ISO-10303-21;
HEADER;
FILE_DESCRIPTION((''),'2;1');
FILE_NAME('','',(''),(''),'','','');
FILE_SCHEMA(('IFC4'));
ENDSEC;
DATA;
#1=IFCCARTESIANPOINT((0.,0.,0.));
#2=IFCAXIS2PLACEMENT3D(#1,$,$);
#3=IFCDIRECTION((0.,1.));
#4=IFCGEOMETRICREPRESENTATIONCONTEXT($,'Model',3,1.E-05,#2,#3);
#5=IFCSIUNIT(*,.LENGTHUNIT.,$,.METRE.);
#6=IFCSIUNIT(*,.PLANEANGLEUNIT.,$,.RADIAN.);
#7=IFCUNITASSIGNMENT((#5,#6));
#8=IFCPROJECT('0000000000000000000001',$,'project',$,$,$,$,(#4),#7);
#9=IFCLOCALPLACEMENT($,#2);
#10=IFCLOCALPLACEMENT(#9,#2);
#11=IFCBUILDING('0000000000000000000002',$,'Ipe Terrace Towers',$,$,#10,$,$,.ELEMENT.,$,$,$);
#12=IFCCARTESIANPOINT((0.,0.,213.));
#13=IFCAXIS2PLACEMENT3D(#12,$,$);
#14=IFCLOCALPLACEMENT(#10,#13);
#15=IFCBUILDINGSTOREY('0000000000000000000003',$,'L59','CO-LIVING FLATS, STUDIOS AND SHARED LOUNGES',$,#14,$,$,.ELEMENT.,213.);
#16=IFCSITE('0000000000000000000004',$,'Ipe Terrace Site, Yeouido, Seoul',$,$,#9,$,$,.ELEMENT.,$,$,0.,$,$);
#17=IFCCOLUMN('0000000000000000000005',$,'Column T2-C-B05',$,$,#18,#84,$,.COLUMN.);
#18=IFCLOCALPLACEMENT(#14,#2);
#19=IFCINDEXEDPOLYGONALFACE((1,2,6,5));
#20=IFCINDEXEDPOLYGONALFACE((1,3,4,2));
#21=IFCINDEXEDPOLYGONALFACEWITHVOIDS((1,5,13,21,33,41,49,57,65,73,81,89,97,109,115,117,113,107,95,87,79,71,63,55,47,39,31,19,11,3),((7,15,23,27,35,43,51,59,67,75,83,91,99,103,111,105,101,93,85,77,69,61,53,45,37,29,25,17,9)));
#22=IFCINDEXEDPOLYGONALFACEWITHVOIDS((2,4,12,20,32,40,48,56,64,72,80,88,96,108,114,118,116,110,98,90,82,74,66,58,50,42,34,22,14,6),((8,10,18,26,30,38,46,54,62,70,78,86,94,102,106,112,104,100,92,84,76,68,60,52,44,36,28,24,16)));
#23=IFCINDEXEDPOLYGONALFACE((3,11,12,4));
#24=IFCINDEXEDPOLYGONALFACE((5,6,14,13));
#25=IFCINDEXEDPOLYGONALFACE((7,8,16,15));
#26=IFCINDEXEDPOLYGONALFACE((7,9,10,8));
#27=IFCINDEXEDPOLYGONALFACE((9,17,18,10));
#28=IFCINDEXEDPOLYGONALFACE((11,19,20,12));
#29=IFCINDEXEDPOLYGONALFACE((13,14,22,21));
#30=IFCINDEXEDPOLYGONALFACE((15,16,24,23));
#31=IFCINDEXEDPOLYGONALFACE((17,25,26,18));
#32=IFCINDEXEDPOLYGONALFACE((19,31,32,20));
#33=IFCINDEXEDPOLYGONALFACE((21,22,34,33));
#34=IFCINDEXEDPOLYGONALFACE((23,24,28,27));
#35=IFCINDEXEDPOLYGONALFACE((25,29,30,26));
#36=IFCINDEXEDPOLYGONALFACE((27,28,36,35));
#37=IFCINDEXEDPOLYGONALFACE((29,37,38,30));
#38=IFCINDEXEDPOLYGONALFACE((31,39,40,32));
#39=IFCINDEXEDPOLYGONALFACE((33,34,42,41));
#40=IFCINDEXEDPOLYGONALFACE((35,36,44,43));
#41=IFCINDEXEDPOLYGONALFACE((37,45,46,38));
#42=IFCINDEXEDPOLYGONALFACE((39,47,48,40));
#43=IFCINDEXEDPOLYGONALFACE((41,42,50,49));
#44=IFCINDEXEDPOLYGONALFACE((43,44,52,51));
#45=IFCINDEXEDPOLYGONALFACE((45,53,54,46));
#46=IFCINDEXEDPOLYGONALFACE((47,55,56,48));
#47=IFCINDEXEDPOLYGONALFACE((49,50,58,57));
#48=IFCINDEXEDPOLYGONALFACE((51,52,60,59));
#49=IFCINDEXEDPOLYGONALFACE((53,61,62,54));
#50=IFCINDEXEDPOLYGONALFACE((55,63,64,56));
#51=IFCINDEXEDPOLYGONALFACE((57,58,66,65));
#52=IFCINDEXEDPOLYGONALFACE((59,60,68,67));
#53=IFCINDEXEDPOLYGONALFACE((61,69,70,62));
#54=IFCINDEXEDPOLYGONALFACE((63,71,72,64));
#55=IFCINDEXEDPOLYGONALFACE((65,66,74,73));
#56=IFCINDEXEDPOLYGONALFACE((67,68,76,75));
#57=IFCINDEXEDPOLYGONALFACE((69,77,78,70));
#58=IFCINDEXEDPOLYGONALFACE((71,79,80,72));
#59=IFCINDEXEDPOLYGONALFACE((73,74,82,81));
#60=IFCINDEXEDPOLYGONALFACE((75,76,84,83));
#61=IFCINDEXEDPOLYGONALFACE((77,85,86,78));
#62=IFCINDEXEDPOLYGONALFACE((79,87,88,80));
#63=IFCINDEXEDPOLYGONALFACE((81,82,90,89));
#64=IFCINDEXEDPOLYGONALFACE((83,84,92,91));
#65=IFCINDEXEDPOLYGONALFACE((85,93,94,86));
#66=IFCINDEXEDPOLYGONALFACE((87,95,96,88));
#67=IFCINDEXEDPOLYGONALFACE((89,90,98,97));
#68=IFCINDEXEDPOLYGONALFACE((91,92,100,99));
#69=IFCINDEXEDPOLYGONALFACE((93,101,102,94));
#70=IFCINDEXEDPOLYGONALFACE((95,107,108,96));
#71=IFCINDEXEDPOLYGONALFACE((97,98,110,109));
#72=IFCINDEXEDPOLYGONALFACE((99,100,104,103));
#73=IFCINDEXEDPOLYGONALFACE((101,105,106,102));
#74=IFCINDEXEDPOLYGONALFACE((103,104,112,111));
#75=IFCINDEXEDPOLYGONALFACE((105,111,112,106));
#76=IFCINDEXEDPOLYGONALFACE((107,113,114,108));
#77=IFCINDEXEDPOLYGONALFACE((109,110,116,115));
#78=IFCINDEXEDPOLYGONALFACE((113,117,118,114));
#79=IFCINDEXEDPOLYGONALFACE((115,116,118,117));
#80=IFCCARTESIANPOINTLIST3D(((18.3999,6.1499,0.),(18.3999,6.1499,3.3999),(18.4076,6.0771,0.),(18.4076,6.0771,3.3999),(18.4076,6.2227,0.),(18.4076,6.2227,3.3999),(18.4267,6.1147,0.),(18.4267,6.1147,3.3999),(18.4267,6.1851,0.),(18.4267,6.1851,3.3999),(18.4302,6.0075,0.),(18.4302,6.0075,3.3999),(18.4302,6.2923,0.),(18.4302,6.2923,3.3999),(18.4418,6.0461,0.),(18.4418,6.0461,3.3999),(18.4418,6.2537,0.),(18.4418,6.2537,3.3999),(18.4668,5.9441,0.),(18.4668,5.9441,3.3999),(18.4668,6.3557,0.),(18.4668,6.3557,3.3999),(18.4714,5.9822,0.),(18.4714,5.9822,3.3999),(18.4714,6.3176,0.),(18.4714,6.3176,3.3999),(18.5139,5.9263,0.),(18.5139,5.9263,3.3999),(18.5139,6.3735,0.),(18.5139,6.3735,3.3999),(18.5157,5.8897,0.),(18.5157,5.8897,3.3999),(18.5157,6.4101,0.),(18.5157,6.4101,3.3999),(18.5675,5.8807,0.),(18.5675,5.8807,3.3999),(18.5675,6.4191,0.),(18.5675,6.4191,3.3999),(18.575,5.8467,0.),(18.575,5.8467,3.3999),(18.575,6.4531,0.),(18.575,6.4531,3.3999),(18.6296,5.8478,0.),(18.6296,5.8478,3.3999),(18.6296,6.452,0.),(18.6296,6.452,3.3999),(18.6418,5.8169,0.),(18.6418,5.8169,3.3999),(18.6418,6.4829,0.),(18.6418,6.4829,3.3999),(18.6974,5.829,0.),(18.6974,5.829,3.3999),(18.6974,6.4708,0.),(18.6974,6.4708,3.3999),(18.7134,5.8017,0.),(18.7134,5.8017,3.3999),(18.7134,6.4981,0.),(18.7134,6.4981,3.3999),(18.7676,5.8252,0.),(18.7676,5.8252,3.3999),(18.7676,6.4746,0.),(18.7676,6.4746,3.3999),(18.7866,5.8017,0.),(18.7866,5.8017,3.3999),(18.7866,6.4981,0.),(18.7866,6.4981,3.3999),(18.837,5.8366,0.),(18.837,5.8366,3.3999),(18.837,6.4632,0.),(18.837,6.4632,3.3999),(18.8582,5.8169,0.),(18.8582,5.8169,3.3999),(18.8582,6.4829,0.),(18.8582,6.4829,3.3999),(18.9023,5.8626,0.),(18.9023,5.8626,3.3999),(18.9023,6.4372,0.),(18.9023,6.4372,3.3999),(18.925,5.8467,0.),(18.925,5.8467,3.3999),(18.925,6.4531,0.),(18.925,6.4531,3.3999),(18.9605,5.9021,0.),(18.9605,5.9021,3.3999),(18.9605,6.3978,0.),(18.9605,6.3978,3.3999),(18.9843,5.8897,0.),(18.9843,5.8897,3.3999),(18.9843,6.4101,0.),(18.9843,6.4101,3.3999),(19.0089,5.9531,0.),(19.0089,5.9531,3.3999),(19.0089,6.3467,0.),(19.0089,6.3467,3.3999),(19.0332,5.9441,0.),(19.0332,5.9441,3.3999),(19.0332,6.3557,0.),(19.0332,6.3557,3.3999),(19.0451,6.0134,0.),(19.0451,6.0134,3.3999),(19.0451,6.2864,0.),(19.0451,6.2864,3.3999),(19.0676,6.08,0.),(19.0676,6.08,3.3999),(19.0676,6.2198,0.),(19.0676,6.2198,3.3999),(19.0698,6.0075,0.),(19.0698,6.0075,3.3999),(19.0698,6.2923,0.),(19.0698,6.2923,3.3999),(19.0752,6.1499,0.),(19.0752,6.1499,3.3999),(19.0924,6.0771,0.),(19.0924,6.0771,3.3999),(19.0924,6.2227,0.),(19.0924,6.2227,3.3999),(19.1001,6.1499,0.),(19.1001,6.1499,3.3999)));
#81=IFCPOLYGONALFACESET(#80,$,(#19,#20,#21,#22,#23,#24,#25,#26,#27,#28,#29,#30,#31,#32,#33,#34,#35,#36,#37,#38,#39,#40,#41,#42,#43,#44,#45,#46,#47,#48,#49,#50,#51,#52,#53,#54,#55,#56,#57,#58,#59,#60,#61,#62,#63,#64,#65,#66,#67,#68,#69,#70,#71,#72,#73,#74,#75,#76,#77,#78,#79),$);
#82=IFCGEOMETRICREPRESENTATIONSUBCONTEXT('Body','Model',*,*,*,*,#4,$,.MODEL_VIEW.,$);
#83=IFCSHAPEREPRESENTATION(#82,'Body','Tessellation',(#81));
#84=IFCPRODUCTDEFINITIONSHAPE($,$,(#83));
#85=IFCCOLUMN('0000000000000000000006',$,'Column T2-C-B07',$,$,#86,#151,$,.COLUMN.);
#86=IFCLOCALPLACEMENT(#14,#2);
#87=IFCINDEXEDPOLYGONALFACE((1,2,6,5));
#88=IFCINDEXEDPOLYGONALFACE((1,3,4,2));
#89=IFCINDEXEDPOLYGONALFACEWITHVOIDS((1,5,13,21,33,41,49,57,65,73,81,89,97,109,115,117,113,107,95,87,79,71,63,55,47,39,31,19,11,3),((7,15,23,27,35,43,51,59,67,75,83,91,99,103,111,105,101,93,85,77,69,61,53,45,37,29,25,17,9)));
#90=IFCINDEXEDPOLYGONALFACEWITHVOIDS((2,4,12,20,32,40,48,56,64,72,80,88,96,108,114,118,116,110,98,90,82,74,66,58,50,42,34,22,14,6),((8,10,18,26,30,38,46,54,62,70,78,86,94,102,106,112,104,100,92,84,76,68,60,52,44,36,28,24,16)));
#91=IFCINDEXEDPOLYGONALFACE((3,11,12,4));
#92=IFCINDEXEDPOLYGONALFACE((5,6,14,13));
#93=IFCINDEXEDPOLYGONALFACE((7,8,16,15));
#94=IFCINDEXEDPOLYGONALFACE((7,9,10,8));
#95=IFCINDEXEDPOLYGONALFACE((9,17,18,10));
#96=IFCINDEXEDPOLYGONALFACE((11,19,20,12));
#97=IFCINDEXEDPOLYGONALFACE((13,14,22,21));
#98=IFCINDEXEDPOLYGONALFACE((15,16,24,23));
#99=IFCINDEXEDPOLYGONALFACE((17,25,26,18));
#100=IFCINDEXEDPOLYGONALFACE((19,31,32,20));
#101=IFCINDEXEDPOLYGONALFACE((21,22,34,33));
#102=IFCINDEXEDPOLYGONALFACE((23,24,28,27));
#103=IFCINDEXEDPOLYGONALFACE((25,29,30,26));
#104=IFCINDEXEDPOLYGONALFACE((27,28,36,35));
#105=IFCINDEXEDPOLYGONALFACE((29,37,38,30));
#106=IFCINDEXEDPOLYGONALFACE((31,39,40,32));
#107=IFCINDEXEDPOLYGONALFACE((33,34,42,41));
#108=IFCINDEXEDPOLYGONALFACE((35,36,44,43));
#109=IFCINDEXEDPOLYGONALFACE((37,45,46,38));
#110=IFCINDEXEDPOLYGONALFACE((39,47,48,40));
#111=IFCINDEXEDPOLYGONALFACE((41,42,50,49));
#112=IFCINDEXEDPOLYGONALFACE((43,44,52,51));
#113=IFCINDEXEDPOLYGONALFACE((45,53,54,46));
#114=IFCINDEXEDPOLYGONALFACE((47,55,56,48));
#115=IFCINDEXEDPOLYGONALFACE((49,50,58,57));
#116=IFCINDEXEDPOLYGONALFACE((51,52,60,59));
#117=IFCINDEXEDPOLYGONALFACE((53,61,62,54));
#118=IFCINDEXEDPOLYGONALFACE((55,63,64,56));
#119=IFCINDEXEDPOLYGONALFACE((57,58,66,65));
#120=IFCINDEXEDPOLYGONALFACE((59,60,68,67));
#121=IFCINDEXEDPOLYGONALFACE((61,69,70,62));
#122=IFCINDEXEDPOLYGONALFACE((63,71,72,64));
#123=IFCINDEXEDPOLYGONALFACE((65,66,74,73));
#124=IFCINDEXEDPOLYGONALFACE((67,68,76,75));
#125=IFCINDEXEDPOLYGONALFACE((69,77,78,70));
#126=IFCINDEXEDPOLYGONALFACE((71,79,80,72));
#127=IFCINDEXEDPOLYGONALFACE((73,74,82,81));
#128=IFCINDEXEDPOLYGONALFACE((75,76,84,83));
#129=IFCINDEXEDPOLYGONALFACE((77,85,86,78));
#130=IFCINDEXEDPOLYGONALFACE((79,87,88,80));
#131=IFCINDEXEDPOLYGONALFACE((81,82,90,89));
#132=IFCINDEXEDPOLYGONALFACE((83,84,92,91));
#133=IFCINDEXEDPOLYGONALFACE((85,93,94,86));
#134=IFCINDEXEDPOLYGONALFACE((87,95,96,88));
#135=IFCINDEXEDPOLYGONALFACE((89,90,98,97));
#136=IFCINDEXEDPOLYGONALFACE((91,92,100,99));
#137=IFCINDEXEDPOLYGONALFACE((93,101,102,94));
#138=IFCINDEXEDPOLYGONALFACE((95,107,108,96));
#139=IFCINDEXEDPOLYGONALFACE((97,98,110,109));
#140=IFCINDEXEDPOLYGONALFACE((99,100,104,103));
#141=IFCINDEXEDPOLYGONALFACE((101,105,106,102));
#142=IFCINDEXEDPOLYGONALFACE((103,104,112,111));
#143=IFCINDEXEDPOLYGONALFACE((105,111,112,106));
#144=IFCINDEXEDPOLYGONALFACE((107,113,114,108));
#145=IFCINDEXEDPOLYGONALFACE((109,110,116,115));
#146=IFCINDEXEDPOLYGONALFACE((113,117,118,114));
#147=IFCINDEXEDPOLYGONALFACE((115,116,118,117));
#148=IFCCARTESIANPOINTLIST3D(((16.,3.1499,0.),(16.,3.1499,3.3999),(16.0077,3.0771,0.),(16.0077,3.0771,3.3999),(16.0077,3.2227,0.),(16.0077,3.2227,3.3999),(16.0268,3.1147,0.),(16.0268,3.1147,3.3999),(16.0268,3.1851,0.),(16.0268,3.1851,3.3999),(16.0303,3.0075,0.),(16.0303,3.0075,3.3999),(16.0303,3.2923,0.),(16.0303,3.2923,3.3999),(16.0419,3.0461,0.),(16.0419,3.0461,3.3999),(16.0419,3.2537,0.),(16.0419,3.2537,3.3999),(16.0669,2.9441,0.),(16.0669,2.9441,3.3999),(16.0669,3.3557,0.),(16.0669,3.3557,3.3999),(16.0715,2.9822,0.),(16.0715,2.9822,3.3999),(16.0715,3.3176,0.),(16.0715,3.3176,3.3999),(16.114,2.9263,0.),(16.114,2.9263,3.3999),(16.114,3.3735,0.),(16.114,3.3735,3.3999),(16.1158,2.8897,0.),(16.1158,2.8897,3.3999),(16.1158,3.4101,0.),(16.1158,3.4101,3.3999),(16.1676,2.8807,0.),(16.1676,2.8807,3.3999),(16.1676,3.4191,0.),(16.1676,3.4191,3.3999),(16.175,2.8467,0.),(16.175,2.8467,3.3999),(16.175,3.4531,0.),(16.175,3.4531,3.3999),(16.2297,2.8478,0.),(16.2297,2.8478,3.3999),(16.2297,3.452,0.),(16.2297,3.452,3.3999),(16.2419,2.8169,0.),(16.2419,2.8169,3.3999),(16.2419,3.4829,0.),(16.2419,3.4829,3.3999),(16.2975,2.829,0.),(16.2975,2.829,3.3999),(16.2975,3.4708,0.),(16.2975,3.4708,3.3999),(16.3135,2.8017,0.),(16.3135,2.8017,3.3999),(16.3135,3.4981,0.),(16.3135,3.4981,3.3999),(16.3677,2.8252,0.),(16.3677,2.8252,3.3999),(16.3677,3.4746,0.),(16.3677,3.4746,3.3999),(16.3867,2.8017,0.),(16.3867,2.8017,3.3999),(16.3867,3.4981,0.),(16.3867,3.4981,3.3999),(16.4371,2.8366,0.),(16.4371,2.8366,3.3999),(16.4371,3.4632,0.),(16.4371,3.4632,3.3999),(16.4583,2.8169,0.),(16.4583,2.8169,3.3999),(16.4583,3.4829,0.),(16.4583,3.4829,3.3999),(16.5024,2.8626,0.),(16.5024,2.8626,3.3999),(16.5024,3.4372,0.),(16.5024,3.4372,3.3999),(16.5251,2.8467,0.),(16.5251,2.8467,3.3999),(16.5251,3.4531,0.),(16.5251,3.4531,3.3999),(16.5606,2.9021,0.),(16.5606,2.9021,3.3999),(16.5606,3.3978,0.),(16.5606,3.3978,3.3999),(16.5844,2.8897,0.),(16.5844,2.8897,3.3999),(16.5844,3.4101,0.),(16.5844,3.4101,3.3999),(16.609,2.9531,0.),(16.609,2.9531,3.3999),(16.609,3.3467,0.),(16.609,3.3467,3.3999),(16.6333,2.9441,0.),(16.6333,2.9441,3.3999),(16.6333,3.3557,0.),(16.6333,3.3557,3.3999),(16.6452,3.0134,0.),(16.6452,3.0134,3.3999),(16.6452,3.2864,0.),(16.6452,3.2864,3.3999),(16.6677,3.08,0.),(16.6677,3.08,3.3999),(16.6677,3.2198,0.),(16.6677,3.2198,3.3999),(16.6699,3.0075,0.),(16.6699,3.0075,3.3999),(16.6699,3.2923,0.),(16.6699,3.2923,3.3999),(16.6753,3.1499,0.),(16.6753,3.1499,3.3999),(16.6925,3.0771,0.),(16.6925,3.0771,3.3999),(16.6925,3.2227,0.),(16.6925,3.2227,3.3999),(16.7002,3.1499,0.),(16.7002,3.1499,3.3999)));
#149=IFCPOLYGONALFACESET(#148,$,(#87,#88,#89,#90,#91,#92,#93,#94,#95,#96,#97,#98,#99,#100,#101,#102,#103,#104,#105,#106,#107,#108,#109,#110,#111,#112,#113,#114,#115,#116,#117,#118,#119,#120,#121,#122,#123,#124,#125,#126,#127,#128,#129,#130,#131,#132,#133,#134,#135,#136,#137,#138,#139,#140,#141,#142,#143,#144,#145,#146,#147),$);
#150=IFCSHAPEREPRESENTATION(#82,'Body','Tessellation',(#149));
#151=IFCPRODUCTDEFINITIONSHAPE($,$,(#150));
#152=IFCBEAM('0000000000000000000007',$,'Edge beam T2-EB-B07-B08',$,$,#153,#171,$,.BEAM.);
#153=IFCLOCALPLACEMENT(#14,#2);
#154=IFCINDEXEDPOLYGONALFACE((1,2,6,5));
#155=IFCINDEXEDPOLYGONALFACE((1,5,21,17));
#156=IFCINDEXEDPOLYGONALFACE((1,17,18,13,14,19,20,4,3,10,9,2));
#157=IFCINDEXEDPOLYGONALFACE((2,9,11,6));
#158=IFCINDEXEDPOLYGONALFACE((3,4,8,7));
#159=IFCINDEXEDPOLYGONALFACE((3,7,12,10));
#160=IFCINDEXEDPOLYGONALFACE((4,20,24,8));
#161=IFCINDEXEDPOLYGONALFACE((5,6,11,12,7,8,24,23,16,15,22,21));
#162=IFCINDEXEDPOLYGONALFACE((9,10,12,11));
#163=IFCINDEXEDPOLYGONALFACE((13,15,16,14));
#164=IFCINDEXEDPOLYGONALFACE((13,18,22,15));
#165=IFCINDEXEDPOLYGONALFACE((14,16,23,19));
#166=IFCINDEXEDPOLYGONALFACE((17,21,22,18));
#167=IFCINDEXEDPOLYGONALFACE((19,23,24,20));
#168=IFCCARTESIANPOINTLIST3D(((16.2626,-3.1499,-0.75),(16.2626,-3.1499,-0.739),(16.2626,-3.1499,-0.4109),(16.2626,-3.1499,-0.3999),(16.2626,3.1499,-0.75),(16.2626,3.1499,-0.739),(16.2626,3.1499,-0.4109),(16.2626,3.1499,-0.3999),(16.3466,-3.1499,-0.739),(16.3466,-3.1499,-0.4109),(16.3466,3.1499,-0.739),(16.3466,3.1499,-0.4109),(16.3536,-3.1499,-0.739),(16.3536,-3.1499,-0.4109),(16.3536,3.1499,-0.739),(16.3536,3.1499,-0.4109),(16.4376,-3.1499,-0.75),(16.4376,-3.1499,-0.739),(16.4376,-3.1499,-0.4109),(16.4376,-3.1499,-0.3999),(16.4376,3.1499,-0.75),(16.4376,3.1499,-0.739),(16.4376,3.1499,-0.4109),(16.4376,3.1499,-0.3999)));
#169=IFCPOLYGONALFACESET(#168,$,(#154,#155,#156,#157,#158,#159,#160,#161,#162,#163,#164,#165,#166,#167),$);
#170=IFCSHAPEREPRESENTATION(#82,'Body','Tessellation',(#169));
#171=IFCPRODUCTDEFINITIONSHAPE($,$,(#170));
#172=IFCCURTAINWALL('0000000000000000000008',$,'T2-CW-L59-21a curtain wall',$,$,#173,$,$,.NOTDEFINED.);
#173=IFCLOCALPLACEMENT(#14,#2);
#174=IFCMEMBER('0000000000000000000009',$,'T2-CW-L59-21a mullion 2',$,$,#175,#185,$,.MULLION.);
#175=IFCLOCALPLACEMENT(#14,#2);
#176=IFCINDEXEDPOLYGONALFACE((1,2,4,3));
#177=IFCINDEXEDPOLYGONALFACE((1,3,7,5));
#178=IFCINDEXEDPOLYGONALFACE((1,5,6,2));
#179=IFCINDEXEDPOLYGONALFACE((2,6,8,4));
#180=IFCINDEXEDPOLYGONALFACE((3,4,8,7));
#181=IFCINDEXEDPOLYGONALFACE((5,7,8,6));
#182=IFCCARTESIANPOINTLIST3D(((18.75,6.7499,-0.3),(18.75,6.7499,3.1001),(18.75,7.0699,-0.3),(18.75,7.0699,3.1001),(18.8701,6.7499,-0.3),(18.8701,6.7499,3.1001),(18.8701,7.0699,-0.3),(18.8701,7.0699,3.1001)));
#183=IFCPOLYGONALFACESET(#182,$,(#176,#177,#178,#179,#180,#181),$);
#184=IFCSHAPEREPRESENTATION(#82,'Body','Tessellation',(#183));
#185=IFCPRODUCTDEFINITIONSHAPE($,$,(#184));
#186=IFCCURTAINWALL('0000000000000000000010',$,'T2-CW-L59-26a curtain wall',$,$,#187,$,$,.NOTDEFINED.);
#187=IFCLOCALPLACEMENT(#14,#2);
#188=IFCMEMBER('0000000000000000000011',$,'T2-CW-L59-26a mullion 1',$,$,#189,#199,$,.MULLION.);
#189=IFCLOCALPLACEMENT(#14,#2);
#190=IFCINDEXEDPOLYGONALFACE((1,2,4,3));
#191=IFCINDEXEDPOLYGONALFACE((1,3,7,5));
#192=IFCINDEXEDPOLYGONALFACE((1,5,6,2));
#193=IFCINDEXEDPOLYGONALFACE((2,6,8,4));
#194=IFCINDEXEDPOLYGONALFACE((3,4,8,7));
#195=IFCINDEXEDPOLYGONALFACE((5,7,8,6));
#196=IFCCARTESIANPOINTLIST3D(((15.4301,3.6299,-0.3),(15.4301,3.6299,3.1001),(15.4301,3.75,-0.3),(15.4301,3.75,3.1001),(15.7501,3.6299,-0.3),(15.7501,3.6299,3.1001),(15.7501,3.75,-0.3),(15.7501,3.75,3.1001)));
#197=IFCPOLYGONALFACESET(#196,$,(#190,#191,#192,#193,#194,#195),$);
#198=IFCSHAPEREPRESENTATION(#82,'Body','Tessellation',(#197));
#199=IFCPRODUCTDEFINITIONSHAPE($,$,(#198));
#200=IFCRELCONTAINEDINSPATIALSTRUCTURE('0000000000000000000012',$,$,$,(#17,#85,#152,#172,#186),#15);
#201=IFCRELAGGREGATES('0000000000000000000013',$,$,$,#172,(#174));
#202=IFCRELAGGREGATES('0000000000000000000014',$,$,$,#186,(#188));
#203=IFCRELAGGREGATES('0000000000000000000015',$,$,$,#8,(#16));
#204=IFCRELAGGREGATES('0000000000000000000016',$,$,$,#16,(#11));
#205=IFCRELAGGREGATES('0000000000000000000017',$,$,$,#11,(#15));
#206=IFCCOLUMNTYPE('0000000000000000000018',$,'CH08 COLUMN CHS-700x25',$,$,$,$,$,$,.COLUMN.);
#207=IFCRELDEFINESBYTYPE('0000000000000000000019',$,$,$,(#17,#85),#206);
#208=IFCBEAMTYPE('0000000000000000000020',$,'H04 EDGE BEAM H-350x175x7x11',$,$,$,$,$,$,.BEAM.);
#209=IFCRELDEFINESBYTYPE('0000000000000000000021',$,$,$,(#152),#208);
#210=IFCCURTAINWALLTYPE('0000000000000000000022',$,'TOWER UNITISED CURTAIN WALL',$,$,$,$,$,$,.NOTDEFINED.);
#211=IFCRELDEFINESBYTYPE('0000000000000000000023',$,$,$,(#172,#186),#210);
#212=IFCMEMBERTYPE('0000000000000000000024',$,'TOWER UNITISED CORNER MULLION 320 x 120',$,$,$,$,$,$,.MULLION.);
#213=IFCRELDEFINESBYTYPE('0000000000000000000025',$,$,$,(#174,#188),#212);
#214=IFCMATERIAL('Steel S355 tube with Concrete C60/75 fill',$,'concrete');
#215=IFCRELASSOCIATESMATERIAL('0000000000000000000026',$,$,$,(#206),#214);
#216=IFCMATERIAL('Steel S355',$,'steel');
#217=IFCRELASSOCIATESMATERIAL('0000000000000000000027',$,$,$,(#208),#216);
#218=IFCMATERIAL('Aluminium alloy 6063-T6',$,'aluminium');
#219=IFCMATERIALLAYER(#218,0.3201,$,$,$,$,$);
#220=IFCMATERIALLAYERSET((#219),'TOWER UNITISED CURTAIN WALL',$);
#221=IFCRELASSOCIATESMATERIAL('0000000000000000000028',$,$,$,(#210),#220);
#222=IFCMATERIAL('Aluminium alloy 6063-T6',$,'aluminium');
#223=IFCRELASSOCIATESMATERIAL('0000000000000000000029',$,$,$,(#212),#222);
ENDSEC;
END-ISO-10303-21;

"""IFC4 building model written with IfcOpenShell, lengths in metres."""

from ifc_helpers import new_model, si_unit, direction, frame, origin, origin_2d, place, context, subcontext, project, spatial, rectangle, hollow_circle, i_section, extrude, material, layer, layer_set, material_profile, profile_set, type_object, element, aggregate, save


model = new_model("IFC4")

# Units and contexts
model_context = context("Model", 3, precision=1e-05, world=origin(), true_north=direction((0.0, 1.0)))
body_context = subcontext(model_context, "Body", "Model", "MODEL_VIEW")
ifc_project = project(units=[si_unit("LENGTHUNIT", "METRE"), si_unit("PLANEANGLEUNIT", "RADIAN")], contexts=[model_context])

# Site, building, storey
site_placement = place(None, origin())
site = spatial("IfcSite", under=ifc_project, at=site_placement, Name="Ipe Terrace Site, Yeouido, Seoul", CompositionType="ELEMENT", RefElevation=0.0)
building_placement = place(site_placement, origin())
building = spatial("IfcBuilding", under=site, at=building_placement, Name="Ipe Terrace Towers", CompositionType="ELEMENT")
storey_placement = place(building_placement, frame((0.0, 0.0, 213.0)))
storey = spatial("IfcBuildingStorey", under=building, at=storey_placement, Name="L59", Description="CO-LIVING FLATS, STUDIOS AND SHARED LOUNGES", CompositionType="ELEMENT", Elevation=213.0)

# Columns
ifc_material_1 = material(Name="Steel S355 tube with Concrete C60/75 fill", Category="concrete")
ifc_material_profile_1 = material_profile(ifc_material_1, hollow_circle(Radius=0.3501, WallThickness=0.0249, at=origin_2d()), Name="CHS-700x25")
ifc_profile_set_1 = profile_set([ifc_material_profile_1], Name="Steel S355 tube with Concrete C60/75 fill")
column_type = type_object("IfcColumnType", Name="CH08 COLUMN CHS-700x25", PredefinedType="COLUMN", material=ifc_profile_set_1)
for number, where, z_axis, x_axis, name in (
    (1, (18.75, 6.1499, 0.0), (0.0, 0.0, 1.0), (1.0, 0.0, 0.0), "Column T2-C-B05"),
    (2, (16.3501, 3.1499, 0.0), (0.0, 0.0, 1.0), (1.0, 0.0, 0.0), "Column T2-C-B07"),
):
    element("IfcColumn", number, at=place(storey_placement, frame(where, z_axis=z_axis, x_axis=x_axis)), inside=storey, type_object=column_type, Name=name, PredefinedType="COLUMN", context=body_context, shape_type="SweptSolid", body=[
        extrude(hollow_circle(Radius=0.3501, WallThickness=0.0249, at=origin_2d()), origin(), (0.0, 0.0, 1.0), 3.3999),
    ])

# Beam
ifc_material_2 = material(Name="Steel S355", Category="steel")
ifc_material_profile_2 = material_profile(ifc_material_2, i_section(OverallWidth=0.175, OverallDepth=0.3501, WebThickness=0.0071, FlangeThickness=0.011, at=origin_2d()), Name="H-350x175x7x11")
ifc_profile_set_2 = profile_set([ifc_material_profile_2], Name="Steel S355")
beam_type = type_object("IfcBeamType", Name="H04 EDGE BEAM H-350x175x7x11", PredefinedType="BEAM", material=ifc_profile_set_2)
beam_placement = place(storey_placement, frame((16.3501, 3.1499, -0.575), z_axis=(0.0, -1.0, 0.0), x_axis=(1.0, 0.0, 0.0)))
element("IfcBeam", 3, at=beam_placement, inside=storey, type_object=beam_type, Name="Edge beam T2-EB-B07-B08", PredefinedType="BEAM", context=body_context, shape_type="SweptSolid", body=[
    extrude(i_section(OverallWidth=0.175, OverallDepth=0.3501, WebThickness=0.0071, FlangeThickness=0.011, at=origin_2d()), origin(), (0.0, 0.0, 1.0), 6.2998),
])

# Curtain wall, member
ifc_material_3 = material(Name="Aluminium alloy 6063-T6", Category="aluminium")
ifc_layer_1 = layer(ifc_material_3, 0.3201)
ifc_layer_set_1 = layer_set([ifc_layer_1], Name="TOWER UNITISED CURTAIN WALL")
curtain_wall_type = type_object("IfcCurtainWallType", Name="TOWER UNITISED CURTAIN WALL", PredefinedType="NOTDEFINED", material=ifc_layer_set_1)
curtain_wall_1_placement = place(storey_placement, origin())
curtain_wall_1 = element("IfcCurtainWall", 4, at=curtain_wall_1_placement, inside=storey, type_object=curtain_wall_type, Name="T2-CW-L59-21a curtain wall", PredefinedType="NOTDEFINED")
ifc_material_4 = material(Name="Aluminium alloy 6063-T6", Category="aluminium")
ifc_material_profile_3 = material_profile(ifc_material_4, rectangle(XDim=0.3201, YDim=0.1201, at=origin_2d()), Name="TOWER UNITISED CORNER MULLION 320 x 120")
ifc_profile_set_3 = profile_set([ifc_material_profile_3], Name="Aluminium alloy 6063-T6")
member_type_1 = type_object("IfcMemberType", Name="TOWER UNITISED CORNER MULLION 320 x 120", PredefinedType="MULLION", material=ifc_profile_set_3)
member_1_placement = place(storey_placement, frame((18.8101, 6.9099, -0.3), z_axis=(0.0, 0.0, 1.0), x_axis=(0.0, 1.0, 0.0)))
member_1 = element("IfcMember", 5, at=member_1_placement, type_object=member_type_1, Name="T2-CW-L59-21a mullion 2", PredefinedType="MULLION", context=body_context, shape_type="SweptSolid", body=[
    extrude(rectangle(XDim=0.3201, YDim=0.1201, at=origin_2d()), origin(), (0.0, 0.0, 1.0), 3.4001),
])
aggregate(curtain_wall_1, [member_1])

# Curtain wall, member
curtain_wall_2_placement = place(storey_placement, origin())
curtain_wall_2 = element("IfcCurtainWall", 6, at=curtain_wall_2_placement, inside=storey, type_object=curtain_wall_type, Name="T2-CW-L59-26a curtain wall", PredefinedType="NOTDEFINED")
member_2_placement = place(storey_placement, frame((15.5901, 3.6899, -0.3), z_axis=(0.0, 0.0, 1.0), x_axis=(-1.0, 0.0, 0.0)))
member_2 = element("IfcMember", 7, at=member_2_placement, type_object=member_type_1, Name="T2-CW-L59-26a mullion 1", PredefinedType="MULLION", context=body_context, shape_type="SweptSolid", body=[
    extrude(rectangle(XDim=0.3201, YDim=0.1201, at=origin_2d()), origin(), (0.0, 0.0, 1.0), 3.4001),
])

aggregate(curtain_wall_2, [member_2])

save(model, "model.ifc")
